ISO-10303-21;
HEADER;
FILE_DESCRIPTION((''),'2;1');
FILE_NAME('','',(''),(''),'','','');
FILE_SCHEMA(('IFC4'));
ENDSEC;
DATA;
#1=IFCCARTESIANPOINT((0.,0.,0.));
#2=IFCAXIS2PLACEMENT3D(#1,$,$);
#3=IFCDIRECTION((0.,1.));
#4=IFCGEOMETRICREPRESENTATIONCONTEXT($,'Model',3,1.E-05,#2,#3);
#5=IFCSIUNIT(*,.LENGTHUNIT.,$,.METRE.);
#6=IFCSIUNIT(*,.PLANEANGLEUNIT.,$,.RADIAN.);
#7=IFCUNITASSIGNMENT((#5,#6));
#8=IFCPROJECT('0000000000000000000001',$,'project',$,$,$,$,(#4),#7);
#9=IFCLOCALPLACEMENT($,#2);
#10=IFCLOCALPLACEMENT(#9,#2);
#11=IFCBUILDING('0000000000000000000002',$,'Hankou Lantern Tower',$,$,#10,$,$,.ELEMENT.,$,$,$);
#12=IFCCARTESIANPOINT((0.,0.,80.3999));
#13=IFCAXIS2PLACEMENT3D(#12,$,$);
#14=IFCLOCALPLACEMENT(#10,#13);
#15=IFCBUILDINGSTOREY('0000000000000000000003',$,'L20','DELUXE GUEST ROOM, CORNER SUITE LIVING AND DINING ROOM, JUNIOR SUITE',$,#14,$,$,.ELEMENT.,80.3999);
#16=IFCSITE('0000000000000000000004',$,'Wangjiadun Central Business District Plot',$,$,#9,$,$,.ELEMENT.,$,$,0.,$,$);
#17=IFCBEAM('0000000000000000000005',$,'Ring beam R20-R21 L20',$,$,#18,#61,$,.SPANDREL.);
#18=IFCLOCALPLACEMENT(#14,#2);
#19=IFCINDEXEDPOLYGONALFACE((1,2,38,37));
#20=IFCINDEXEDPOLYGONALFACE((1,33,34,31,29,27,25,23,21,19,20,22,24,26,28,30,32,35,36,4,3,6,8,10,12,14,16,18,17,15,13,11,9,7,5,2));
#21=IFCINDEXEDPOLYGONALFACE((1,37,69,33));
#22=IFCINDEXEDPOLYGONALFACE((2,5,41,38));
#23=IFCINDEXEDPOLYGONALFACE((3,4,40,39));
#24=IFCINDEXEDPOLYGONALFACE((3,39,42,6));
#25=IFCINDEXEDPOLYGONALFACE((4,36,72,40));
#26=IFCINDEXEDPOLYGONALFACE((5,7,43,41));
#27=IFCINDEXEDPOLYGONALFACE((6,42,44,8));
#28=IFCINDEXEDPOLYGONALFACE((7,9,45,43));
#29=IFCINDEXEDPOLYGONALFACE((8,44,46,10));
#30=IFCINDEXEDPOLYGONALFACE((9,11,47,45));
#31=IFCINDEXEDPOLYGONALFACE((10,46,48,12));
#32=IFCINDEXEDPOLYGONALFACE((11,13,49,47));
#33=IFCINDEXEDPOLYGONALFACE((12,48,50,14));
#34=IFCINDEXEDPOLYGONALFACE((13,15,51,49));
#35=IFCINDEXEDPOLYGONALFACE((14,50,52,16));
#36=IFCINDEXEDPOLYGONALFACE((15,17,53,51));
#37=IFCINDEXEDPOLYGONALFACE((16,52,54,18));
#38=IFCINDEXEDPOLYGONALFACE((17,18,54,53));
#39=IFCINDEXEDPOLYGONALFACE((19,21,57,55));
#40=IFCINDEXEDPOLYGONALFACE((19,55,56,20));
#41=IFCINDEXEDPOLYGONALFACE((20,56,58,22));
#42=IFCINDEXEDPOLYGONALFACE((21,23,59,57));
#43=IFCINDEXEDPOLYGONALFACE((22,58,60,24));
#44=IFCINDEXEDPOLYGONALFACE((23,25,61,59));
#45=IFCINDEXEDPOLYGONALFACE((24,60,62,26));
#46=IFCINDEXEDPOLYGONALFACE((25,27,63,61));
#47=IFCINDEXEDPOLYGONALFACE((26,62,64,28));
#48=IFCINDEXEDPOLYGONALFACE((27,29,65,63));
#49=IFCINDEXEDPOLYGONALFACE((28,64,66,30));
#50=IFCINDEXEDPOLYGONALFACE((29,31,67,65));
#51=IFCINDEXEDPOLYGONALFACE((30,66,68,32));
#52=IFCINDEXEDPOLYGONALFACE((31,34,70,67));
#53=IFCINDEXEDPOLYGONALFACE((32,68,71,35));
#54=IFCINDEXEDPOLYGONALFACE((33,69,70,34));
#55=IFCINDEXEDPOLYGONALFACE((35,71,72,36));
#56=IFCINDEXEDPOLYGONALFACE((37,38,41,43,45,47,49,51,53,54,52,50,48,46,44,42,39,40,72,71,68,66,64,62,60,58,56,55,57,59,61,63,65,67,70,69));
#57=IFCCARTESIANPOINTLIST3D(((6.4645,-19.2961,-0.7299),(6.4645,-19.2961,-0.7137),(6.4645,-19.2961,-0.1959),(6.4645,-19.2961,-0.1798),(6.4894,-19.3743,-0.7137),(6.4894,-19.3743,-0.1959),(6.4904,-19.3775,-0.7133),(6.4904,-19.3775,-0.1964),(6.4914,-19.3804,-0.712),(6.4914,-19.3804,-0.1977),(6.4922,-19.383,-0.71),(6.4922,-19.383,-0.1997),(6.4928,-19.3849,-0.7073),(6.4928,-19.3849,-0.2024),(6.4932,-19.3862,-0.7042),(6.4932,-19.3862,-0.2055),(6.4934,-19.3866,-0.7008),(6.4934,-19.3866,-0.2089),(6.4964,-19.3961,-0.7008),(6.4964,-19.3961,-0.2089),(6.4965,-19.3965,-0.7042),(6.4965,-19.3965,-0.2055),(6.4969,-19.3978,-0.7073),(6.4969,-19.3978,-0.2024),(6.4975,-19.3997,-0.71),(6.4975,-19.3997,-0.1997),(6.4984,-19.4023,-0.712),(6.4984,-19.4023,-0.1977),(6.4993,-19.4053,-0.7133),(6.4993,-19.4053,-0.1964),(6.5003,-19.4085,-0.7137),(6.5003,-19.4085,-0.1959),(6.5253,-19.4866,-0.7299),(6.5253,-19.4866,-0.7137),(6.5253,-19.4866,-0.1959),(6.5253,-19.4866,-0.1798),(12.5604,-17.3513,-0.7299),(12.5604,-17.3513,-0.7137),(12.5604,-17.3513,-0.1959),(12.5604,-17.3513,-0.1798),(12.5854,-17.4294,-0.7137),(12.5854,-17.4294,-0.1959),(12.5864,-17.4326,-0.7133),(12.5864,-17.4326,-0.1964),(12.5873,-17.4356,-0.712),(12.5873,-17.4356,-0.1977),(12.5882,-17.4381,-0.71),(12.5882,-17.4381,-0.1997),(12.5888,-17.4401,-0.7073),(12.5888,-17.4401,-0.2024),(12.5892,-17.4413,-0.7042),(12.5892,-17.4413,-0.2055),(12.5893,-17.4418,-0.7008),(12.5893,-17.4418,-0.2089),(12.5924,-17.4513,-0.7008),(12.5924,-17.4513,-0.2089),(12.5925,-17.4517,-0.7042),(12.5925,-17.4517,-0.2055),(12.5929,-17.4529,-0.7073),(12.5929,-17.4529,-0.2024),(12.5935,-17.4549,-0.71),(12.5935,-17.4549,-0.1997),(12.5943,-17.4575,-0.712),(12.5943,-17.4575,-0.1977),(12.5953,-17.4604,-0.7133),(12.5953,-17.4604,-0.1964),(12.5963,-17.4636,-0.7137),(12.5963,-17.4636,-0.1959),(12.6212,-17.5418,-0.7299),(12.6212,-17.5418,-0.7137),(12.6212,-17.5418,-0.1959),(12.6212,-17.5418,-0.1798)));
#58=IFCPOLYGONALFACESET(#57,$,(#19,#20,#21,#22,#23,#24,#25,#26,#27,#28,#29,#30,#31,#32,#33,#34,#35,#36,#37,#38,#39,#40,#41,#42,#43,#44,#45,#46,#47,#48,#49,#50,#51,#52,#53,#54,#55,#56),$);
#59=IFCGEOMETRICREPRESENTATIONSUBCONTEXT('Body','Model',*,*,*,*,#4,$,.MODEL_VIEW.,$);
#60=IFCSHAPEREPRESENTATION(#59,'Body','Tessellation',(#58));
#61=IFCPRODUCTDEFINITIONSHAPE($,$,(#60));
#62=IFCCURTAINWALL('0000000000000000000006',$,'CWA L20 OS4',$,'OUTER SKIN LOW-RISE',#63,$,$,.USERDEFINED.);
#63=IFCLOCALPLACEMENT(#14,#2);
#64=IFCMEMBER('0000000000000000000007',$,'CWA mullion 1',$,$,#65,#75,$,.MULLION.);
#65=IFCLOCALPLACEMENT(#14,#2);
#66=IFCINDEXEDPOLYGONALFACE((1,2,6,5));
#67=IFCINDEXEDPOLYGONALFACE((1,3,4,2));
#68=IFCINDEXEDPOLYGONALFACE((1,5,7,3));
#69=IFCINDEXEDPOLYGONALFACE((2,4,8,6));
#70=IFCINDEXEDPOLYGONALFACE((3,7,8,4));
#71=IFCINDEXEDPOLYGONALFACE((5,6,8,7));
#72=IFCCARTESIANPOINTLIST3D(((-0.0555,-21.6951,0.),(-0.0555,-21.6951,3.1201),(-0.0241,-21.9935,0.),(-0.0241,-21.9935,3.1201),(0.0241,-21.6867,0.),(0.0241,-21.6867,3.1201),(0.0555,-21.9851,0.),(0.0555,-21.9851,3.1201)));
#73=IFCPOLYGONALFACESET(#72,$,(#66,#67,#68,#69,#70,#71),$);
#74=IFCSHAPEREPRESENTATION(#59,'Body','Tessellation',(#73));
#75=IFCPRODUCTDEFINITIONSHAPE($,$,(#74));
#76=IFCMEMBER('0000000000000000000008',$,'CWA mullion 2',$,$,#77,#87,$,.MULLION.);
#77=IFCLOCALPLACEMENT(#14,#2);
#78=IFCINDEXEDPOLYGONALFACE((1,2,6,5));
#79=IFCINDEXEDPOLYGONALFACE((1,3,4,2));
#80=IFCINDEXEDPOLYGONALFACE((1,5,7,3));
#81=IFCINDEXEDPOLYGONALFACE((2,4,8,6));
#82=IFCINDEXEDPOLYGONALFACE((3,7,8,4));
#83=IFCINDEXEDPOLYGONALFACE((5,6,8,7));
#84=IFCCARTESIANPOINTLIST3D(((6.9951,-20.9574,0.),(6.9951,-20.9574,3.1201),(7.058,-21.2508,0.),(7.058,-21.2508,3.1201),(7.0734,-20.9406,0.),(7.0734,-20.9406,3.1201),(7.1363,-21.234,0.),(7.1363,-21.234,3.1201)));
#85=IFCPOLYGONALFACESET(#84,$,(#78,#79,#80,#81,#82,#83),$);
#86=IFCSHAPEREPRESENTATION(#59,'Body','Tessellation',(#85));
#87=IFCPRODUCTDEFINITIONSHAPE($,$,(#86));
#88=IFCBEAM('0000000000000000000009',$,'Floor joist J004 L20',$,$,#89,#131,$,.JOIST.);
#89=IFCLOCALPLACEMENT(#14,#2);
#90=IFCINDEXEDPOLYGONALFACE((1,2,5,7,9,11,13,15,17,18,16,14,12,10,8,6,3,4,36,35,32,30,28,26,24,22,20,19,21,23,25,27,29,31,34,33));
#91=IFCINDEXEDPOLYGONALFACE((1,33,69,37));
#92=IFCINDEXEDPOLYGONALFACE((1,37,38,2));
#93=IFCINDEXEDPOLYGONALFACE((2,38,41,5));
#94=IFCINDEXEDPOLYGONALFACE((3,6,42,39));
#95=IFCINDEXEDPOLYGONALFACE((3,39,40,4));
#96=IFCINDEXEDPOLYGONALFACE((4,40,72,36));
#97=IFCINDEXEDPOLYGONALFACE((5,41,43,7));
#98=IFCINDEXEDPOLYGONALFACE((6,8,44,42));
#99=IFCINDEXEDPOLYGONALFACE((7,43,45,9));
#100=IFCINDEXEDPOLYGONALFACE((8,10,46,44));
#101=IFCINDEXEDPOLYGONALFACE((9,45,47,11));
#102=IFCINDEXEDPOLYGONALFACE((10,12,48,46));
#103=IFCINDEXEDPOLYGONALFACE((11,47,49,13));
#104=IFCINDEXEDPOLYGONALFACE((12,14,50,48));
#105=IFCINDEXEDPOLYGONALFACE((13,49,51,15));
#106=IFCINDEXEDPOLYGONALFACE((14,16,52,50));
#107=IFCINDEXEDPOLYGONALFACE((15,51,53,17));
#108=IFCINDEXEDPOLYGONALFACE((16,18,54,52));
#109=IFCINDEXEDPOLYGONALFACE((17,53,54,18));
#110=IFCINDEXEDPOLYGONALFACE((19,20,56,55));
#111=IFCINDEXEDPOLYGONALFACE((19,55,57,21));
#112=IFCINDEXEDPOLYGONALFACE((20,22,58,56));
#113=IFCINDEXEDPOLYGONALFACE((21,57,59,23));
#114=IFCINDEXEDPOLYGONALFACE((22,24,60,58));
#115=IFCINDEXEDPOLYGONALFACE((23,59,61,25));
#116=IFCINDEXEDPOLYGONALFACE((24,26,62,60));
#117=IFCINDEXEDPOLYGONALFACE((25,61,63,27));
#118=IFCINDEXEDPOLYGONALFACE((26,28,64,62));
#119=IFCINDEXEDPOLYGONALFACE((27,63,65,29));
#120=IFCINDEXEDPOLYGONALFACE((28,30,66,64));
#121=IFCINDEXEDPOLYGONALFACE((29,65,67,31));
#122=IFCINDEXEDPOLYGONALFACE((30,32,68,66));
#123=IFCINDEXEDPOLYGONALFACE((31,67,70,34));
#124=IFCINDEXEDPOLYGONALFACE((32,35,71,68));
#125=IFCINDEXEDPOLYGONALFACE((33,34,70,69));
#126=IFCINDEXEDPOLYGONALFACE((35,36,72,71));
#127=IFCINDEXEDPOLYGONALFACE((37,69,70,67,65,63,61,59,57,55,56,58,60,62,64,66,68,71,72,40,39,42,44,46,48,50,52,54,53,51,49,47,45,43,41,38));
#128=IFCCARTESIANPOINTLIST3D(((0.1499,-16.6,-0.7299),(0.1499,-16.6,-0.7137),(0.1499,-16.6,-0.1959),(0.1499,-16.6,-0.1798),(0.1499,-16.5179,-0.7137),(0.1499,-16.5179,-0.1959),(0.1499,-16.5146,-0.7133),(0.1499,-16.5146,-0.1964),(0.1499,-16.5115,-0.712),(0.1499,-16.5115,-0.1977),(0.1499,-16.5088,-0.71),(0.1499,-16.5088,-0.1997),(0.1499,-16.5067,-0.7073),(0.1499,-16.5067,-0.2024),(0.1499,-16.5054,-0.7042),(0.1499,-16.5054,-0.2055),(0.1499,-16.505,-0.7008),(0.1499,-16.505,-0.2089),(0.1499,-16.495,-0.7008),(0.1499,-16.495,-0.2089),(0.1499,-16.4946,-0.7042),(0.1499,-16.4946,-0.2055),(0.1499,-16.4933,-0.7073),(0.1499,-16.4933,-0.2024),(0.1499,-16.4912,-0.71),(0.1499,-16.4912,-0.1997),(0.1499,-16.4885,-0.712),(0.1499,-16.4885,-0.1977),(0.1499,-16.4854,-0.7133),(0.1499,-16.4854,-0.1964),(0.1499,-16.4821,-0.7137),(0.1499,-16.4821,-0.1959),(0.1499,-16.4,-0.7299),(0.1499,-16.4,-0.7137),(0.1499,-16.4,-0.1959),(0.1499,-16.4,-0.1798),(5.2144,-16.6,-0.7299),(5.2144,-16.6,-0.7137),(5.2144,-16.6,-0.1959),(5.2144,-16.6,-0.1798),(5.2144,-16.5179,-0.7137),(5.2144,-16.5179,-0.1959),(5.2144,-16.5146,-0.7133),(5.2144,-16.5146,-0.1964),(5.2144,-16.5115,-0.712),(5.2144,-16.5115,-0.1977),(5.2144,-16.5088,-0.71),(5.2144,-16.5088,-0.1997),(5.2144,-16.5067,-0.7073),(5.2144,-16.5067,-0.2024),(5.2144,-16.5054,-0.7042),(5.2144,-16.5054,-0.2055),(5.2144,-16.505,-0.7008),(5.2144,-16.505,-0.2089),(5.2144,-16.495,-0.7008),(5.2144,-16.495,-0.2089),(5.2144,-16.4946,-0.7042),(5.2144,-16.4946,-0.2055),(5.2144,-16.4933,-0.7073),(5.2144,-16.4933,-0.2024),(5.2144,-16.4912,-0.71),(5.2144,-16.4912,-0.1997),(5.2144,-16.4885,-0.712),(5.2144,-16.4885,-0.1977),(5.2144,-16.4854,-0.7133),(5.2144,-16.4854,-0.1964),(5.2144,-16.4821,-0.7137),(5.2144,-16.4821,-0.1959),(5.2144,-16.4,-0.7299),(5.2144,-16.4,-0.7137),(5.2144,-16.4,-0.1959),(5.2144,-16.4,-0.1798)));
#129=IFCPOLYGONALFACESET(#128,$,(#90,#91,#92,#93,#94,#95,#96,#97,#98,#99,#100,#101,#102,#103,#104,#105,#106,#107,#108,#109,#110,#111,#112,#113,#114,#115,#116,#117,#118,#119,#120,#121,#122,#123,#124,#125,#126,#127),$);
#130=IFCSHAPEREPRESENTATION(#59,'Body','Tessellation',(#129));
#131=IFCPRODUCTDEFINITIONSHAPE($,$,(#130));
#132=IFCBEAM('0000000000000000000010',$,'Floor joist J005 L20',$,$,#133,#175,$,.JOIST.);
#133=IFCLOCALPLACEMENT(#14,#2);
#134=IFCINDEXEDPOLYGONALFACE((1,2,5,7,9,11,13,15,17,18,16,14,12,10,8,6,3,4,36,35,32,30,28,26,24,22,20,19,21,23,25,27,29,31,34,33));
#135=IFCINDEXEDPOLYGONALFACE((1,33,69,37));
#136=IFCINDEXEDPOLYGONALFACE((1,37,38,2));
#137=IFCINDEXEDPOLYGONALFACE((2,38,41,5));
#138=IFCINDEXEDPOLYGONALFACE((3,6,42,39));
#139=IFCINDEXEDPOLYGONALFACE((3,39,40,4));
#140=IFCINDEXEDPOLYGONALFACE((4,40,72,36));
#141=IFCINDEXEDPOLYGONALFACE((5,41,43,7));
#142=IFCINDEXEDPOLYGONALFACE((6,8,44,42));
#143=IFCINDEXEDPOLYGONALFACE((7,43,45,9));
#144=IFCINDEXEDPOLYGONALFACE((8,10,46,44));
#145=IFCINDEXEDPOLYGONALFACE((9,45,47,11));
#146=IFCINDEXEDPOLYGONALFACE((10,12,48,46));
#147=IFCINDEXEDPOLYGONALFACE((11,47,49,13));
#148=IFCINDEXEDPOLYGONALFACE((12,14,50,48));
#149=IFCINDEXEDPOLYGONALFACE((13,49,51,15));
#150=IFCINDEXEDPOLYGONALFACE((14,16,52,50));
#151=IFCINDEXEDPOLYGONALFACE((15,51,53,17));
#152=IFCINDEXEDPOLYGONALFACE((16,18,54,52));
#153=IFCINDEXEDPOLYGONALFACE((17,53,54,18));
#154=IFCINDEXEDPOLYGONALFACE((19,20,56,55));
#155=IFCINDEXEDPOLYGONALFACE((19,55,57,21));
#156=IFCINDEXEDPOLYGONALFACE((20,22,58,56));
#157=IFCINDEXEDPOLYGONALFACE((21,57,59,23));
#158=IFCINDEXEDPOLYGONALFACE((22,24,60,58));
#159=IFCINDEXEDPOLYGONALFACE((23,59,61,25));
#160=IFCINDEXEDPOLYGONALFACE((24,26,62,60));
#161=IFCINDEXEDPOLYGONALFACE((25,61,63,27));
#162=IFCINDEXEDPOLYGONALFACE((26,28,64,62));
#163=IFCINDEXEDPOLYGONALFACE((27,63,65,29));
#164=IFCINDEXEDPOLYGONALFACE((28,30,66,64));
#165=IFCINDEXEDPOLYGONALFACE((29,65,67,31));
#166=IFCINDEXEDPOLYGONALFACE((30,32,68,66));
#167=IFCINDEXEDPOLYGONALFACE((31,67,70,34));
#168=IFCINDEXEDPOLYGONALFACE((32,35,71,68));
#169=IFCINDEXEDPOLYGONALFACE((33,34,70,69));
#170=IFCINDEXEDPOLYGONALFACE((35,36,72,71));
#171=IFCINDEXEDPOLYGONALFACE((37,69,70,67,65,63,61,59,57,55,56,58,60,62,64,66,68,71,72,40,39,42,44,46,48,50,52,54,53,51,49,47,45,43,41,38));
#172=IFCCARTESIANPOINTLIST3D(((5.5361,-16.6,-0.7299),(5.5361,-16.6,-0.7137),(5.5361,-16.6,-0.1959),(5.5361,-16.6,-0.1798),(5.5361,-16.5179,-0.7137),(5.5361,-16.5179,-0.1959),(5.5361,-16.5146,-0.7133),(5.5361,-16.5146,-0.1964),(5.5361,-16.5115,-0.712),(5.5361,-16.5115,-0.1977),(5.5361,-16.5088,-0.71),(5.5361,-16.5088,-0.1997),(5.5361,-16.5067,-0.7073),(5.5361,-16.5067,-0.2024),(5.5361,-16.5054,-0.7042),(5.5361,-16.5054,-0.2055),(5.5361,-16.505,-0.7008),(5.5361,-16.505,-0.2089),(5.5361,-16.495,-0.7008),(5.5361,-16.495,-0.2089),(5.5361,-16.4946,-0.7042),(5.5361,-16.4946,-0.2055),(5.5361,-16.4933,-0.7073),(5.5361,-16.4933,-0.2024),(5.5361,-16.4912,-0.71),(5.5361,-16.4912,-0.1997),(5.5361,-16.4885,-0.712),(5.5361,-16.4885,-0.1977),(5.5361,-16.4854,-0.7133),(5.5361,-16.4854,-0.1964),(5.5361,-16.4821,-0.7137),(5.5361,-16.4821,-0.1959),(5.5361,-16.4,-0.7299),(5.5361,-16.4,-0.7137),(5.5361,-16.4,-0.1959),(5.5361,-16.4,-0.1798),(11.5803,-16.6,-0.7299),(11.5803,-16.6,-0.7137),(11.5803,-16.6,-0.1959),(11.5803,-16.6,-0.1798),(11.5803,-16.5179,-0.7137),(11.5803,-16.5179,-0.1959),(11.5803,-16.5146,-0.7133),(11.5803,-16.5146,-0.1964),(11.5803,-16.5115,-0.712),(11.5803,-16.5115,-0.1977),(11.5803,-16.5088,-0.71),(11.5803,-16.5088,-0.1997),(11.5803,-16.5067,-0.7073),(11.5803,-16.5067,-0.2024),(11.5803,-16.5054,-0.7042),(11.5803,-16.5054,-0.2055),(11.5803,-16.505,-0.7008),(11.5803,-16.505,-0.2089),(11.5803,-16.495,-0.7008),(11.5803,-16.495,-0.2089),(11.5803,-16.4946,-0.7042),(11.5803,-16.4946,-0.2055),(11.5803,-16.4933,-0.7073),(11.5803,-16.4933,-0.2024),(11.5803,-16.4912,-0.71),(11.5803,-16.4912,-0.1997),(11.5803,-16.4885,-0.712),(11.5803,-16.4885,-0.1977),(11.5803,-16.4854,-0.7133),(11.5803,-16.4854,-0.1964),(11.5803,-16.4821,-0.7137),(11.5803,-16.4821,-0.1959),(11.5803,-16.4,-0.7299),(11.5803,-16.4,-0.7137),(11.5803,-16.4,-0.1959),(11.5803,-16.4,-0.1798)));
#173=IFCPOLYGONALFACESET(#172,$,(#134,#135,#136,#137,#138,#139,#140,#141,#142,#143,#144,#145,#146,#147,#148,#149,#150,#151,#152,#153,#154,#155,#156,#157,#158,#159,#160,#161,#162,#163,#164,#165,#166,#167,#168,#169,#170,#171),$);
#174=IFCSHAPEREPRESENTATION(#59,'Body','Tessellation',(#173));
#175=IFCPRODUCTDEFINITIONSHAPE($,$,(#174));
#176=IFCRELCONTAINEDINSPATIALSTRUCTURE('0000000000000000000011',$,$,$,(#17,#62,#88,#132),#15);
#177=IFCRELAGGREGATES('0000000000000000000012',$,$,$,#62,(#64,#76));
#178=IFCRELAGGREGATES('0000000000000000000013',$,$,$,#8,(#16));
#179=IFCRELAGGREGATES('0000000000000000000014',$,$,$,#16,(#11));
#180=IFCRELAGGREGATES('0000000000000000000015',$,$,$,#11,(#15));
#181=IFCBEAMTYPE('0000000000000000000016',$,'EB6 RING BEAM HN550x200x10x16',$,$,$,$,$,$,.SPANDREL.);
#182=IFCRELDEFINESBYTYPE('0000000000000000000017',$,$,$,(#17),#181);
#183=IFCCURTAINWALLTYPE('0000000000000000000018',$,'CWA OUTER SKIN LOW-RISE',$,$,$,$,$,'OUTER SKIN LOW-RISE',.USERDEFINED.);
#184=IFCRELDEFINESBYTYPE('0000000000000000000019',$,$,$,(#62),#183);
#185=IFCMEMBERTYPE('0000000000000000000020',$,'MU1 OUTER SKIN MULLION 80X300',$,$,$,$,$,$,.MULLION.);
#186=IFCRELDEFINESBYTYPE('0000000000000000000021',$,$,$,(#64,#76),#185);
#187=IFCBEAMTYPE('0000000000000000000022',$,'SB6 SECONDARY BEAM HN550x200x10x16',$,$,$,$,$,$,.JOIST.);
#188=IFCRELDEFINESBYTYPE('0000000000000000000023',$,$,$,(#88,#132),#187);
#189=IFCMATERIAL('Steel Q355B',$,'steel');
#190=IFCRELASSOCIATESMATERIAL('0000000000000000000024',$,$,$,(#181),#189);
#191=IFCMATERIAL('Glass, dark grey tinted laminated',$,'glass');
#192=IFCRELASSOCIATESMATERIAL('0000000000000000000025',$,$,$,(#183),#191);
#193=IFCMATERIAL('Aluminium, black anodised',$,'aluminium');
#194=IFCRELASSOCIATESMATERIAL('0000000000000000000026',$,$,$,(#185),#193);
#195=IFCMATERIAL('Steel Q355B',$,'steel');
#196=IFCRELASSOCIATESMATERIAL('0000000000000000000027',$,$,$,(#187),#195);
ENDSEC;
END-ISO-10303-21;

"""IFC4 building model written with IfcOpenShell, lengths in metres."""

from ifc_helpers import new_model, si_unit, direction, frame, origin, origin_2d, place, context, subcontext, project, spatial, rectangle, i_section, extrude, material, material_profile, profile_set, type_object, element, aggregate, save


model = new_model("IFC4")

# Units and contexts
model_context = context("Model", 3, precision=1e-05, world=origin(), true_north=direction((0.0, 1.0)))
body_context = subcontext(model_context, "Body", "Model", "MODEL_VIEW")
ifc_project = project(units=[si_unit("LENGTHUNIT", "METRE"), si_unit("PLANEANGLEUNIT", "RADIAN")], contexts=[model_context])

# Site, building, storey
site_placement = place(None, origin())
site = spatial("IfcSite", under=ifc_project, at=site_placement, Name="Wangjiadun Central Business District Plot", CompositionType="ELEMENT", RefElevation=0.0)
building_placement = place(site_placement, origin())
building = spatial("IfcBuilding", under=site, at=building_placement, Name="Hankou Lantern Tower", CompositionType="ELEMENT")
storey_placement = place(building_placement, frame((0.0, 0.0, 80.3999)))
storey = spatial("IfcBuildingStorey", under=building, at=storey_placement, Name="L20", Description="DELUXE GUEST ROOM, CORNER SUITE LIVING AND DINING ROOM, JUNIOR SUITE", CompositionType="ELEMENT", Elevation=80.3999)

# Beam
ifc_material_1 = material(Name="Steel Q355B", Category="steel")
ifc_material_profile_1 = material_profile(ifc_material_1, i_section(OverallWidth=0.2, OverallDepth=0.55, WebThickness=0.01, FlangeThickness=0.0161, FilletRadius=0.0129, at=origin_2d()), Name="HN550x200x10x16")
ifc_profile_set_1 = profile_set([ifc_material_profile_1], Name="Steel Q355B")
beam_type_1 = type_object("IfcBeamType", Name="EB6 RING BEAM HN550x200x10x16", PredefinedType="SPANDREL", material=ifc_profile_set_1)
beam_1_placement = place(storey_placement, frame((6.4949, -19.3914, -0.4548), z_axis=(0.95269, 0.303942, 0.0), x_axis=(-0.303942, 0.95269, 0.0)))
element("IfcBeam", 1, at=beam_1_placement, inside=storey, type_object=beam_type_1, Name="Ring beam R20-R21 L20", PredefinedType="SPANDREL", context=body_context, shape_type="SweptSolid", body=[
    extrude(i_section(OverallWidth=0.2, OverallDepth=0.55, WebThickness=0.01, FlangeThickness=0.0161, FilletRadius=0.0129, at=origin_2d()), origin(), (0.0, 0.0, 1.0), 6.3987),
])

# Curtain wall, members
ifc_material_2 = material(Name="Glass, dark grey tinted laminated", Category="glass")
curtain_wall_type = type_object("IfcCurtainWallType", Name="CWA OUTER SKIN LOW-RISE", ElementType="OUTER SKIN LOW-RISE", PredefinedType="USERDEFINED", material=ifc_material_2)
curtain_wall_placement = place(storey_placement, origin())
curtain_wall = element("IfcCurtainWall", 2, at=curtain_wall_placement, inside=storey, type_object=curtain_wall_type, Name="CWA L20 OS4", ObjectType="OUTER SKIN LOW-RISE", PredefinedType="USERDEFINED")
ifc_material_3 = material(Name="Aluminium, black anodised", Category="aluminium")
ifc_material_profile_2 = material_profile(ifc_material_3, rectangle(XDim=0.0801, YDim=0.3, at=origin_2d()), Name="MU1 80X300")
ifc_profile_set_2 = profile_set([ifc_material_profile_2], Name="Aluminium, black anodised")
member_type_1 = type_object("IfcMemberType", Name="MU1 OUTER SKIN MULLION 80X300", PredefinedType="MULLION", material=ifc_profile_set_2)
member_1_placement = place(storey_placement, frame((0.0, -21.8401, 0.0), z_axis=(0.0, 0.0, 1.0), x_axis=(0.994499, 0.104743, 0.0)))
member_1 = element("IfcMember", 3, at=member_1_placement, type_object=member_type_1, Name="CWA mullion 1", PredefinedType="MULLION", context=body_context, shape_type="SweptSolid", body=[
    extrude(rectangle(XDim=0.0801, YDim=0.3, at=origin_2d()), origin(), (0.0, 0.0, 1.0), 3.1201),
])
member_2_placement = place(storey_placement, frame((7.0657, -21.0957, 0.0), z_axis=(0.0, 0.0, 1.0), x_axis=(0.977788, 0.209598, 0.0)))
member_2 = element("IfcMember", 4, at=member_2_placement, type_object=member_type_1, Name="CWA mullion 2", PredefinedType="MULLION", context=body_context, shape_type="SweptSolid", body=[
    extrude(rectangle(XDim=0.0801, YDim=0.3, at=origin_2d()), origin(), (0.0, 0.0, 1.0), 3.1201),
])

# Beams
ifc_material_4 = material(Name="Steel Q355B", Category="steel")
ifc_material_profile_3 = material_profile(ifc_material_4, i_section(OverallWidth=0.2, OverallDepth=0.55, WebThickness=0.01, FlangeThickness=0.0161, FilletRadius=0.0129, at=origin_2d()), Name="HN550x200x10x16")
ifc_profile_set_3 = profile_set([ifc_material_profile_3], Name="Steel Q355B")
beam_type_2 = type_object("IfcBeamType", Name="SB6 SECONDARY BEAM HN550x200x10x16", PredefinedType="JOIST", material=ifc_profile_set_3)
beam_2_placement = place(storey_placement, frame((0.1499, -16.5, -0.4548), z_axis=(1.0, 0.0, 0.0), x_axis=(0.0, 1.0, 0.0)))
element("IfcBeam", 5, at=beam_2_placement, inside=storey, type_object=beam_type_2, Name="Floor joist J004 L20", PredefinedType="JOIST", context=body_context, shape_type="SweptSolid", body=[
    extrude(i_section(OverallWidth=0.2, OverallDepth=0.55, WebThickness=0.01, FlangeThickness=0.0161, FilletRadius=0.0129, at=origin_2d()), origin(), (0.0, 0.0, 1.0), 5.0645),
])
beam_3_placement = place(storey_placement, frame((5.5361, -16.5, -0.4548), z_axis=(1.0, 0.0, 0.0), x_axis=(0.0, 1.0, 0.0)))
element("IfcBeam", 6, at=beam_3_placement, inside=storey, type_object=beam_type_2, Name="Floor joist J005 L20", PredefinedType="JOIST", context=body_context, shape_type="SweptSolid", body=[
    extrude(i_section(OverallWidth=0.2, OverallDepth=0.55, WebThickness=0.01, FlangeThickness=0.0161, FilletRadius=0.0129, at=origin_2d()), origin(), (0.0, 0.0, 1.0), 6.0442),
])

aggregate(curtain_wall, [member_1, member_2])

save(model, "model.ifc")
